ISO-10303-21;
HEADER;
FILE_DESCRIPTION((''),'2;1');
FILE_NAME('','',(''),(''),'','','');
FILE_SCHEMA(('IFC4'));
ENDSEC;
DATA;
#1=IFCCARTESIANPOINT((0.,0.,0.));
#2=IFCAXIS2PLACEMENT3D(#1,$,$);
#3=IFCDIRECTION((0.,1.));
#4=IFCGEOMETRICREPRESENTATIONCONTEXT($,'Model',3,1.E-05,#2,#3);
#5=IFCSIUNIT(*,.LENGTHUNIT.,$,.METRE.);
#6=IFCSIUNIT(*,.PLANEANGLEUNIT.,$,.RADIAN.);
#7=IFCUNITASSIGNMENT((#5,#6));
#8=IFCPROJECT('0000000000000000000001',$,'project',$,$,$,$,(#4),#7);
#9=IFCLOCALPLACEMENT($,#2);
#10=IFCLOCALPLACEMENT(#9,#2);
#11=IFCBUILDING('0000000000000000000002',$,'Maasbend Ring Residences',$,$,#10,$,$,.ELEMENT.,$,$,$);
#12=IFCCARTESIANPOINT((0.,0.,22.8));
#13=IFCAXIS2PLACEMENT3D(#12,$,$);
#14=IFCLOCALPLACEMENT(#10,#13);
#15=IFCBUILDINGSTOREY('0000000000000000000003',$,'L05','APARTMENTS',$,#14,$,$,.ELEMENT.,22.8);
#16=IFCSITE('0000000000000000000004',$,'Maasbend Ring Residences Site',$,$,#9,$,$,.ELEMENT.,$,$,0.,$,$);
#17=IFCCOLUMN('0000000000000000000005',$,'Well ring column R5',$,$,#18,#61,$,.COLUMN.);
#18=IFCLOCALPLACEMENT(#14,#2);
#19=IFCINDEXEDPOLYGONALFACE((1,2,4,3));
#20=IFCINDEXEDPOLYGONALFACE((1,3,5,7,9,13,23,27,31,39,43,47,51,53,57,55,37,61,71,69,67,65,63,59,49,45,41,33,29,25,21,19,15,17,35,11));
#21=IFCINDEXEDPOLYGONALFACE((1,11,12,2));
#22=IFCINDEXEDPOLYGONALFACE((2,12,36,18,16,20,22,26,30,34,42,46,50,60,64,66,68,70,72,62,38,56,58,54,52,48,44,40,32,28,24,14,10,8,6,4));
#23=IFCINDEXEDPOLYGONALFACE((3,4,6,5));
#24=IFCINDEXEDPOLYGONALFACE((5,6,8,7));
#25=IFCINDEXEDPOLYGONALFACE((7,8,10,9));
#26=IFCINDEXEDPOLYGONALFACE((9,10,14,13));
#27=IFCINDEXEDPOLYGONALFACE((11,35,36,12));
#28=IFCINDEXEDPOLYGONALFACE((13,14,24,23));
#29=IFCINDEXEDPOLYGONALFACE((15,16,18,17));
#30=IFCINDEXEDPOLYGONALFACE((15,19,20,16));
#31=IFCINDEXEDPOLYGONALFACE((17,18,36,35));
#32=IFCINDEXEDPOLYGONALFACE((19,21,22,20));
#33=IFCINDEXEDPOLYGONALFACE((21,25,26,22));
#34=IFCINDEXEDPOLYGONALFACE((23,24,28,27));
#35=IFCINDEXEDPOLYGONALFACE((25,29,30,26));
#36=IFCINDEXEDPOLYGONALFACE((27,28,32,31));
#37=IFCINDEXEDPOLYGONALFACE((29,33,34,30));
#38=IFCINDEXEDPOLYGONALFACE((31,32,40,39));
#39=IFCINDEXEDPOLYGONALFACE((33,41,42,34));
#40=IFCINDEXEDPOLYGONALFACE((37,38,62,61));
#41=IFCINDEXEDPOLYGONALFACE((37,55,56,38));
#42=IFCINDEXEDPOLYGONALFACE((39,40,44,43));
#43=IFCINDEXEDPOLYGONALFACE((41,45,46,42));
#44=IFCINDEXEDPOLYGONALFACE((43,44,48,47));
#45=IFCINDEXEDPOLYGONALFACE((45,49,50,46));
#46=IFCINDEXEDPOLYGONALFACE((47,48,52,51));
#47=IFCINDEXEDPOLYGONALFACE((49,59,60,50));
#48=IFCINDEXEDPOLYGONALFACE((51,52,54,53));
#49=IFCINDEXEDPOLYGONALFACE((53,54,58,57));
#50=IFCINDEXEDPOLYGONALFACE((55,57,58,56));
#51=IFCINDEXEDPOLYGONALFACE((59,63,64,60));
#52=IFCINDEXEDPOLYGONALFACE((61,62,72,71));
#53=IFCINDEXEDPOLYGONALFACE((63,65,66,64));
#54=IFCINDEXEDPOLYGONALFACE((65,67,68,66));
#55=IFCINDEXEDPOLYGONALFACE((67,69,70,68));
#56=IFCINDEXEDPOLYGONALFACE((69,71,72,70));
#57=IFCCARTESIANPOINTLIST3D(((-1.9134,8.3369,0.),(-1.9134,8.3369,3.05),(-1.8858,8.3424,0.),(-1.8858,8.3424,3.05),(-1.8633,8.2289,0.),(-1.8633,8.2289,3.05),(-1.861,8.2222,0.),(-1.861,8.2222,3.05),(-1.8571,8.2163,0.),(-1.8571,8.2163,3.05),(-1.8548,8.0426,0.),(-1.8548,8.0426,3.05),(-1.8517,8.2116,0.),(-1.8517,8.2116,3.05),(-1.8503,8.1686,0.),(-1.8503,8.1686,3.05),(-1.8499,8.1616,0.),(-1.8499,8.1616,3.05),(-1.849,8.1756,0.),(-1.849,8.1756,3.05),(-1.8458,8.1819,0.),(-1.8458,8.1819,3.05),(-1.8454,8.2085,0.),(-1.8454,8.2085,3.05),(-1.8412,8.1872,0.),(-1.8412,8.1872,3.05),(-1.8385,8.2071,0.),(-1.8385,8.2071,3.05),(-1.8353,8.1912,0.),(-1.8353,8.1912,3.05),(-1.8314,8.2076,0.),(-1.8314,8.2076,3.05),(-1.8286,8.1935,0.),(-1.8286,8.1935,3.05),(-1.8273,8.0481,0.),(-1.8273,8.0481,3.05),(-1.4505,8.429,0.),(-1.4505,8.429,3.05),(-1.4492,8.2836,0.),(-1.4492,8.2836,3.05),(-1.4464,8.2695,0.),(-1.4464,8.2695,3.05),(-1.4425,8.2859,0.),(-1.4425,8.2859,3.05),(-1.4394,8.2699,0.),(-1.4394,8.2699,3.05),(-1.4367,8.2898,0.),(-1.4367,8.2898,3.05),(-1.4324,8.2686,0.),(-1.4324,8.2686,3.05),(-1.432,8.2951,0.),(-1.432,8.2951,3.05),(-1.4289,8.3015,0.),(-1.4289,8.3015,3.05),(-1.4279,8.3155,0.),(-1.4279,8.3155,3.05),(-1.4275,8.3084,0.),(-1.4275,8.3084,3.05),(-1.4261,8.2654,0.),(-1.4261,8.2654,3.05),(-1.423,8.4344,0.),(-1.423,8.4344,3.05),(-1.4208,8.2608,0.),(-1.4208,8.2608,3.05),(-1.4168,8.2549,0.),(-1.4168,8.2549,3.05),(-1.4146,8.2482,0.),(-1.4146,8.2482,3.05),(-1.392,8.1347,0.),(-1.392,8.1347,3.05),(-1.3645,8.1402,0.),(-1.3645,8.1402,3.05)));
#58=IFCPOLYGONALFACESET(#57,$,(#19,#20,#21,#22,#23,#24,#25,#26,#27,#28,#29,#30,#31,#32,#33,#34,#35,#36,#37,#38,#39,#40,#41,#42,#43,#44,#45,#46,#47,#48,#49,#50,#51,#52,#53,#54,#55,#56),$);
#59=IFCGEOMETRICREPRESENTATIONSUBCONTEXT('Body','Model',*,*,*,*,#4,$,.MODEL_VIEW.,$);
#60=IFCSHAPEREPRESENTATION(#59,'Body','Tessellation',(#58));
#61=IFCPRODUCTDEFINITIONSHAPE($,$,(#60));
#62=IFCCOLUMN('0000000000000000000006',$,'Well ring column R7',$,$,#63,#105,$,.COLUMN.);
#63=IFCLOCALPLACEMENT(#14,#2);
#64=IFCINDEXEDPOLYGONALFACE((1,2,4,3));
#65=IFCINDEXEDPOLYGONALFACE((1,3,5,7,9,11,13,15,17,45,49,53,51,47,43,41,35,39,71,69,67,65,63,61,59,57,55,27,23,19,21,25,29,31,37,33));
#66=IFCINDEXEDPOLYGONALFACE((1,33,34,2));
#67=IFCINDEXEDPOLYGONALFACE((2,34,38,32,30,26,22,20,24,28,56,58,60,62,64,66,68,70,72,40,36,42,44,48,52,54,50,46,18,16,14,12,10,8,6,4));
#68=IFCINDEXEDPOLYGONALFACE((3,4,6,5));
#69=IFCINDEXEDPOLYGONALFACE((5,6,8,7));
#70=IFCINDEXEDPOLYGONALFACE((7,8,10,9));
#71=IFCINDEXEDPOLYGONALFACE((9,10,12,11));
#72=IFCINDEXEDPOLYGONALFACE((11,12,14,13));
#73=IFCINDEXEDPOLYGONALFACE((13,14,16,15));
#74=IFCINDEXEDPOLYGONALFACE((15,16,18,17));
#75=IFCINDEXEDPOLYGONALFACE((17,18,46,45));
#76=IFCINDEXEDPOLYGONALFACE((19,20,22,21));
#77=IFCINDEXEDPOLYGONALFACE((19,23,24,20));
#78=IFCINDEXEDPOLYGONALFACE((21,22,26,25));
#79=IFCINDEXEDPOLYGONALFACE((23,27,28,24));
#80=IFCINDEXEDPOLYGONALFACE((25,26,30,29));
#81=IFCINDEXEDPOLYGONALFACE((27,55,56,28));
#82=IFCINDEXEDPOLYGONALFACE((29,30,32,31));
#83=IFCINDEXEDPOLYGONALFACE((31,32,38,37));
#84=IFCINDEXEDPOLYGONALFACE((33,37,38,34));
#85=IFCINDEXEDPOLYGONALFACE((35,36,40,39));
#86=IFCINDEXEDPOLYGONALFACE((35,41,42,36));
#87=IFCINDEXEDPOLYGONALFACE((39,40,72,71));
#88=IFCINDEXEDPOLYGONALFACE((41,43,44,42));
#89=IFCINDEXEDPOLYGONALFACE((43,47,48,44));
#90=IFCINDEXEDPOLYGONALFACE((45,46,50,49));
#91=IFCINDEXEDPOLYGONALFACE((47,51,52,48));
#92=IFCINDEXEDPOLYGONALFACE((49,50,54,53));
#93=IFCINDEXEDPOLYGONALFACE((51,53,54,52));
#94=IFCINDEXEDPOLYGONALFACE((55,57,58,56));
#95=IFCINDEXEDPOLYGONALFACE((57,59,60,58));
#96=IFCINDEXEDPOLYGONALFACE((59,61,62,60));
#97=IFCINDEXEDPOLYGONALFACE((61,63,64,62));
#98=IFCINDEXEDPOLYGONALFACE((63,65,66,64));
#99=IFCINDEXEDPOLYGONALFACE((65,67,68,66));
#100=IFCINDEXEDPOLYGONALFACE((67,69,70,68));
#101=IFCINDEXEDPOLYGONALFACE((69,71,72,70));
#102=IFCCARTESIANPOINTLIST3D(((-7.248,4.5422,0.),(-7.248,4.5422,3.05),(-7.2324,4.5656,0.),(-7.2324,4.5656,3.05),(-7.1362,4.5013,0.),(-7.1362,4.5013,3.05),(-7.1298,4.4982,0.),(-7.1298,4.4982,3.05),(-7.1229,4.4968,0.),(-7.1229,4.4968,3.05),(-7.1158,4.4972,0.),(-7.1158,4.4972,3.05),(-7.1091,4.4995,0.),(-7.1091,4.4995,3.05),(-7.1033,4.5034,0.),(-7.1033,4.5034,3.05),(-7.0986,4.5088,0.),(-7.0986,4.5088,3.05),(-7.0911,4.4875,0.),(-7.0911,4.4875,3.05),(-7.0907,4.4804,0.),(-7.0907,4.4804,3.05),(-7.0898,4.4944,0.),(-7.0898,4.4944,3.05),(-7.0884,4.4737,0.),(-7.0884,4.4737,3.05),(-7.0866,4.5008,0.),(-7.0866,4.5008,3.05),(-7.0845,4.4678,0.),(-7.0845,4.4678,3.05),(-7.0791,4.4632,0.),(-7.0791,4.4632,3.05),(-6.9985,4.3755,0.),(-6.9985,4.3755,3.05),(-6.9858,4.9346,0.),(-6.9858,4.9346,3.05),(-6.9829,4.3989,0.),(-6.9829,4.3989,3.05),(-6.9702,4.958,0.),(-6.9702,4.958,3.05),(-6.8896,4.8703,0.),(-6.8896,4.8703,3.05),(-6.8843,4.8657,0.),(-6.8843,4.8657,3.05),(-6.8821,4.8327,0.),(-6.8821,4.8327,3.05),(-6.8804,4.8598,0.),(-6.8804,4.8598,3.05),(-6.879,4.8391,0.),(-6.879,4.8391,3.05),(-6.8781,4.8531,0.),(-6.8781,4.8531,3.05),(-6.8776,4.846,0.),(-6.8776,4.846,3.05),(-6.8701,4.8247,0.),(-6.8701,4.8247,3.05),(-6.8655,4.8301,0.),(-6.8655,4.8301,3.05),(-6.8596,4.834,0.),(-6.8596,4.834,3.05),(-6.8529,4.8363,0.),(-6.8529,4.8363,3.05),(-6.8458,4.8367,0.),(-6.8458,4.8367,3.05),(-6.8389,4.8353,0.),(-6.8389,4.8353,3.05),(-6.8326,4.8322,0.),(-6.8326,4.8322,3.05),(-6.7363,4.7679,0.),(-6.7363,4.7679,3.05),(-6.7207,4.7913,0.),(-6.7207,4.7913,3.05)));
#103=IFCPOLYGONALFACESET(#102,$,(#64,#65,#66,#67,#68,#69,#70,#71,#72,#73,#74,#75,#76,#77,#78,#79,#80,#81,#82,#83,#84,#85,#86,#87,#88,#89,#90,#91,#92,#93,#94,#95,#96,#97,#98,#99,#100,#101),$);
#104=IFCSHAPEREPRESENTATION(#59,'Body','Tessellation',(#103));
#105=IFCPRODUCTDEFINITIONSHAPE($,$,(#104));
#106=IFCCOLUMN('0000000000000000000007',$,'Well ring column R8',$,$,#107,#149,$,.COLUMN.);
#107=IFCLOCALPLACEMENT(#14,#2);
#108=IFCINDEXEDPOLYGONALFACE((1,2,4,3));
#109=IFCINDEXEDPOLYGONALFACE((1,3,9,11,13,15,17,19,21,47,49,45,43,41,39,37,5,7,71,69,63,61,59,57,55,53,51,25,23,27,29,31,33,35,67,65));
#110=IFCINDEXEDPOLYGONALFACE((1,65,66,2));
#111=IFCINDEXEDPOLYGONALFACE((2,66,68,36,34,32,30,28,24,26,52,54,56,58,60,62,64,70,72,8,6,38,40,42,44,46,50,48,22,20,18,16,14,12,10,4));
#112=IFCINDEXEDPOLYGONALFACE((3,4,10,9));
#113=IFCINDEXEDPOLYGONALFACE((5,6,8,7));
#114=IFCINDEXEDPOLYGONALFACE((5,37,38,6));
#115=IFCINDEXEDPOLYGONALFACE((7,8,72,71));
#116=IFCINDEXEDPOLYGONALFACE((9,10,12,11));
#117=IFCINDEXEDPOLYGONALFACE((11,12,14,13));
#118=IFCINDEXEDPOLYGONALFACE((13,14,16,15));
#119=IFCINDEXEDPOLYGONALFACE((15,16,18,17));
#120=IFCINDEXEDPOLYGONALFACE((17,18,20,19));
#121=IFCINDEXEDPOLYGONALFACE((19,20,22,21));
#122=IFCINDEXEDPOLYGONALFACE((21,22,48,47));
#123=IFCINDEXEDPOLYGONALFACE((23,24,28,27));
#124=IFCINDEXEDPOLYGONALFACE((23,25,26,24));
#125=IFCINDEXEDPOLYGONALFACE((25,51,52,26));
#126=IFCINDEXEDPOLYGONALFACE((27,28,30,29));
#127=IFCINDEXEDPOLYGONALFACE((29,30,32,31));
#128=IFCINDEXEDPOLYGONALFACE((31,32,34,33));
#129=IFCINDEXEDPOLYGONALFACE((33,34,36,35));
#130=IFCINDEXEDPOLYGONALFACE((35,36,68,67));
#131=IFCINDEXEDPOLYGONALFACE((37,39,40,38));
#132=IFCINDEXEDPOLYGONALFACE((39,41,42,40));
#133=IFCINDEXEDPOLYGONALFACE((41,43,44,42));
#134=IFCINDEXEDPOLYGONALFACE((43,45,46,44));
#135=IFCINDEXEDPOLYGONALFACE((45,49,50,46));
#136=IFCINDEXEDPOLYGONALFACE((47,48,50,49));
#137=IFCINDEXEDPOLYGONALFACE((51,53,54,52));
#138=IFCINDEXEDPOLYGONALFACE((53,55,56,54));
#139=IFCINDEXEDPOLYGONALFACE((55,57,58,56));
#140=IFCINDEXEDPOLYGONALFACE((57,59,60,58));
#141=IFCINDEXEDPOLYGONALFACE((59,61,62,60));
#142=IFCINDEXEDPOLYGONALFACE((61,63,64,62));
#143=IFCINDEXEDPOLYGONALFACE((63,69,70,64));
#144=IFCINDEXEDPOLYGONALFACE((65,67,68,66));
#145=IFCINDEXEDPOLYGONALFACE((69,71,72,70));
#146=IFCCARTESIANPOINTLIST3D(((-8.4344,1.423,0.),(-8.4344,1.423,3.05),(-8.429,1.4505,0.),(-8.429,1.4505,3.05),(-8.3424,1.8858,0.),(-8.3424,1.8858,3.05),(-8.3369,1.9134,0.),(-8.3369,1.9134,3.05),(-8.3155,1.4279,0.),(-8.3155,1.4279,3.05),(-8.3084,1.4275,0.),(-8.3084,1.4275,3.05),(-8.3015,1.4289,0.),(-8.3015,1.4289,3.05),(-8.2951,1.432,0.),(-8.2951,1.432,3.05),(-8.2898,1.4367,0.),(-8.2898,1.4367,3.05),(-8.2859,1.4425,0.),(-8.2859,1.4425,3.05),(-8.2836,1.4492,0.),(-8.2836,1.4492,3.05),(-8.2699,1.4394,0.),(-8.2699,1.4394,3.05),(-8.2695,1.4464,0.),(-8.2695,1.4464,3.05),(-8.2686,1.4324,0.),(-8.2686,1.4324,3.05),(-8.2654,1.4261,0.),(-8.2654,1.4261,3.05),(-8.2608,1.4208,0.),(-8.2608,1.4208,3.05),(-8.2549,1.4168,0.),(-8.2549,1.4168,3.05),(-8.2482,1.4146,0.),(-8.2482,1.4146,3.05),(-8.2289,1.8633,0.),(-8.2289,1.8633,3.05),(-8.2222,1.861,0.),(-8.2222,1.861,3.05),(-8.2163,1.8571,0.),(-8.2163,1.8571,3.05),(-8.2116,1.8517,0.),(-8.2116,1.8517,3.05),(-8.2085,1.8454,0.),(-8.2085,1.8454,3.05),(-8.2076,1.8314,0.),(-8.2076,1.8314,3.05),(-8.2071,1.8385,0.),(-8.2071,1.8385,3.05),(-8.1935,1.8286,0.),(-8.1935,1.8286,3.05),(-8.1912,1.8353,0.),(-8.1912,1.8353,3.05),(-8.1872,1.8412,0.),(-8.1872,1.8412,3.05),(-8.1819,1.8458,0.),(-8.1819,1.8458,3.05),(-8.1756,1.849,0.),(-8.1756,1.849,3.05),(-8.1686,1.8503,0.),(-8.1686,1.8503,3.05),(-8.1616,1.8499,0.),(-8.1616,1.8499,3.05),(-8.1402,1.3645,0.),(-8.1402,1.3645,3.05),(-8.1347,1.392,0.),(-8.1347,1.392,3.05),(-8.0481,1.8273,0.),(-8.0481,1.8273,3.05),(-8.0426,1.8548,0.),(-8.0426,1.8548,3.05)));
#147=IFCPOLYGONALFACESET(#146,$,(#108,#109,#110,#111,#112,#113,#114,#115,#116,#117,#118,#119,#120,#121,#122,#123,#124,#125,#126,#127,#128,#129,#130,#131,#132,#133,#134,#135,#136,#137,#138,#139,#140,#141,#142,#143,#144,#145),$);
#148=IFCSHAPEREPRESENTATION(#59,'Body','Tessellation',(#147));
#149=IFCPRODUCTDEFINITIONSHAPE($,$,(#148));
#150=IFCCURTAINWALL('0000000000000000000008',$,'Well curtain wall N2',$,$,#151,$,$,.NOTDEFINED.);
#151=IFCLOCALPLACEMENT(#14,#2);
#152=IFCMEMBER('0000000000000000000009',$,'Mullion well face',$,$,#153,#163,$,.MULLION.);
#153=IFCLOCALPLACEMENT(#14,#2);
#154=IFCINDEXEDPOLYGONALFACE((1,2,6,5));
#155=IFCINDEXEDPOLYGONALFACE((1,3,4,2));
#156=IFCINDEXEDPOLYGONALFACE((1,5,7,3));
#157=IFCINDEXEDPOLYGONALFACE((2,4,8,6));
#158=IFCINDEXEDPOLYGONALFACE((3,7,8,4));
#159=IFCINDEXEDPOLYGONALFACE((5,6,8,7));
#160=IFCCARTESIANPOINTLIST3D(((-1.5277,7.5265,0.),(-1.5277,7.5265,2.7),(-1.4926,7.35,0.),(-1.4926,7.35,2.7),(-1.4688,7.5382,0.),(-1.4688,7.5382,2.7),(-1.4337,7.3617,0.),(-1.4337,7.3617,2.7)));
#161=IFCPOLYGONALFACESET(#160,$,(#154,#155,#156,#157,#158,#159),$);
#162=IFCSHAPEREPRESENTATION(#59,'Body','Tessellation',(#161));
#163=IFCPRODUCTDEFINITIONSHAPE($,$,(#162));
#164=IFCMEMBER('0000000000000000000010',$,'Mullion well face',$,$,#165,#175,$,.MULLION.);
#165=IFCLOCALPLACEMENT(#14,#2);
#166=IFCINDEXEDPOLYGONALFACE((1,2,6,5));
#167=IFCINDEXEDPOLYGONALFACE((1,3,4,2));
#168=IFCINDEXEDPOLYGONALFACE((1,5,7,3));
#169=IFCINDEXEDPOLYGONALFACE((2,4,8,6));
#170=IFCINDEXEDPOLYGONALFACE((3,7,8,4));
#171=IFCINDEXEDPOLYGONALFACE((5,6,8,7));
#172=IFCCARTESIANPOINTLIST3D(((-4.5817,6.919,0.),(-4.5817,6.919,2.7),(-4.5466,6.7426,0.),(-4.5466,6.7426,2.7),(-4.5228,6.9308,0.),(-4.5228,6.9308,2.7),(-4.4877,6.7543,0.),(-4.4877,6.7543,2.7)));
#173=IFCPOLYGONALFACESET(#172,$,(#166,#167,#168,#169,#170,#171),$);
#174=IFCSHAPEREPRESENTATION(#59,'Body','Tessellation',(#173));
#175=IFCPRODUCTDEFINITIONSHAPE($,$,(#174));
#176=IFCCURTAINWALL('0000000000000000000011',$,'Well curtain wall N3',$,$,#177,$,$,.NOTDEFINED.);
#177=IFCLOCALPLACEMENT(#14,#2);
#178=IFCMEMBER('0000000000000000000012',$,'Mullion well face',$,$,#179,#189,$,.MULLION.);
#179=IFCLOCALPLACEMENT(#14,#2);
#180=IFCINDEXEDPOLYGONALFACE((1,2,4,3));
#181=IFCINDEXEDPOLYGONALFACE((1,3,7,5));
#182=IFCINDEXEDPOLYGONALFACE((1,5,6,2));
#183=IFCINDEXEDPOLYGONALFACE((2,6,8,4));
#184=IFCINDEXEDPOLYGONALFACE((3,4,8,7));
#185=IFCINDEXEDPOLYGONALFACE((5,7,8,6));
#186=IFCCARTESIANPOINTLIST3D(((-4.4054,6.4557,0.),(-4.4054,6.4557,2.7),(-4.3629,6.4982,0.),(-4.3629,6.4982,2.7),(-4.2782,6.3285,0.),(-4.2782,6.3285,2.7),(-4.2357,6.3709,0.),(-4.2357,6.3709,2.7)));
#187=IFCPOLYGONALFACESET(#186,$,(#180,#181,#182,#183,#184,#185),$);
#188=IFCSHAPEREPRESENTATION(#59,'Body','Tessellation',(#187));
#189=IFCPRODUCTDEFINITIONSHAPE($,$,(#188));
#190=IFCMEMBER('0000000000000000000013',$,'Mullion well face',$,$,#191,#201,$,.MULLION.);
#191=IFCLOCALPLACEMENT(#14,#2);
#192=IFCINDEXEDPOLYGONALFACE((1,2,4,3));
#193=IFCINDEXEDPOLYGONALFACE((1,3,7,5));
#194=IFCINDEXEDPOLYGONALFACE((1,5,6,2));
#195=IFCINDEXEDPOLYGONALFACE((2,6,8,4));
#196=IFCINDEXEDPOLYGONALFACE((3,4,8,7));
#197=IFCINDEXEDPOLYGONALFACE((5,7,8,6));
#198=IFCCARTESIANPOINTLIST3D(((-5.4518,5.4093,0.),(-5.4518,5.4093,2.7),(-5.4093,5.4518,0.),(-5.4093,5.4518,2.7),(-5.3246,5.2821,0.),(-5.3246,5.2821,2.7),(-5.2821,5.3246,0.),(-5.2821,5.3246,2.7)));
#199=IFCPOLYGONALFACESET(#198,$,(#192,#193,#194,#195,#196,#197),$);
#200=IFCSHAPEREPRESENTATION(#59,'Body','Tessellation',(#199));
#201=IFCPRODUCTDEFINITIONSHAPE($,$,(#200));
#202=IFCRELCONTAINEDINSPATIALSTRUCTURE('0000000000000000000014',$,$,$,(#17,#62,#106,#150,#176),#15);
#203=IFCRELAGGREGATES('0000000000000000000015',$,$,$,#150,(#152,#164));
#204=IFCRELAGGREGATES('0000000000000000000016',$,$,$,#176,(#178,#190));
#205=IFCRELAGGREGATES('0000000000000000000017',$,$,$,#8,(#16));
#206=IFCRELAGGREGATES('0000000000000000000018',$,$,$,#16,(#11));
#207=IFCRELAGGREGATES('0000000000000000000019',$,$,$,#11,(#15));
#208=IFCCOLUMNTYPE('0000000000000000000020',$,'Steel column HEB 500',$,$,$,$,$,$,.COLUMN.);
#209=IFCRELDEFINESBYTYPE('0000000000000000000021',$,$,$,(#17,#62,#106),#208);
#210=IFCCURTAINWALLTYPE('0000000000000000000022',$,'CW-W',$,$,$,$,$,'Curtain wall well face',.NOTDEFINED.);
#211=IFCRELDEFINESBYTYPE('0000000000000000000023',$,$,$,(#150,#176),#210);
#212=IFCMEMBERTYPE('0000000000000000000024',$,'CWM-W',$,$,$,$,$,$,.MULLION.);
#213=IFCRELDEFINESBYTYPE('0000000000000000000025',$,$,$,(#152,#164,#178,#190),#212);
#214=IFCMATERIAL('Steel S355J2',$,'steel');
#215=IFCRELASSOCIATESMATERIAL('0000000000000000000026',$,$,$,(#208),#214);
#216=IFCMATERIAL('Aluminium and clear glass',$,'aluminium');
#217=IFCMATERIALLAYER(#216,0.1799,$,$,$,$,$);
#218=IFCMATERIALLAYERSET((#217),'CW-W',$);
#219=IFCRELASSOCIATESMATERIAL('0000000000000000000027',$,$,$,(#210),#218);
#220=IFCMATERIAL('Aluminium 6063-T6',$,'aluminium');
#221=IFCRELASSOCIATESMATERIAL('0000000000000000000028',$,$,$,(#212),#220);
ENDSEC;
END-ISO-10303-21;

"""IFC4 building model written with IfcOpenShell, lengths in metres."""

from ifc_helpers import new_model, si_unit, direction, frame, origin, origin_2d, place, context, subcontext, project, spatial, rectangle, i_section, extrude, material, layer, layer_set, material_profile, profile_set, type_object, element, aggregate, save


model = new_model("IFC4")

# Units and contexts
model_context = context("Model", 3, precision=1e-05, world=origin(), true_north=direction((0.0, 1.0)))
body_context = subcontext(model_context, "Body", "Model", "MODEL_VIEW")
ifc_project = project(units=[si_unit("LENGTHUNIT", "METRE"), si_unit("PLANEANGLEUNIT", "RADIAN")], contexts=[model_context])

# Site, building, storey
site_placement = place(None, origin())
site = spatial("IfcSite", under=ifc_project, at=site_placement, Name="Maasbend Ring Residences Site", CompositionType="ELEMENT", RefElevation=0.0)
building_placement = place(site_placement, origin())
building = spatial("IfcBuilding", under=site, at=building_placement, Name="Maasbend Ring Residences", CompositionType="ELEMENT")
storey_placement = place(building_placement, frame((0.0, 0.0, 22.8)))
storey = spatial("IfcBuildingStorey", under=building, at=storey_placement, Name="L05", Description="APARTMENTS", CompositionType="ELEMENT", Elevation=22.8)

# Columns
ifc_material_1 = material(Name="Steel S355J2", Category="steel")
ifc_material_profile_1 = material_profile(ifc_material_1, i_section(OverallWidth=0.3, OverallDepth=0.5, WebThickness=0.0144, FlangeThickness=0.0281, FilletRadius=0.0271, at=origin_2d()), Name="HEB 500")
ifc_profile_set_1 = profile_set([ifc_material_profile_1], Name="Steel S355J2")
column_type = type_object("IfcColumnType", Name="Steel column HEB 500", PredefinedType="COLUMN", material=ifc_profile_set_1)
for number, where, z_axis, x_axis, name in (
    (1, (-1.6389, 8.2385, 0.0), (0.0, 0.0, 1.0), (-0.19509, 0.980785, 0.0), "Well ring column R5"),
    (2, (-6.9844, 4.6667, 0.0), (0.0, 0.0, 1.0), (-0.83147, 0.55557, 0.0), "Well ring column R7"),
    (3, (-8.2385, 1.6389, 0.0), (0.0, 0.0, 1.0), (-0.980785, 0.19509, 0.0), "Well ring column R8"),
):
    element("IfcColumn", number, at=place(storey_placement, frame(where, z_axis=z_axis, x_axis=x_axis)), inside=storey, type_object=column_type, Name=name, PredefinedType="COLUMN", context=body_context, shape_type="SweptSolid", body=[
        extrude(i_section(OverallWidth=0.3, OverallDepth=0.5, WebThickness=0.0144, FlangeThickness=0.0281, FilletRadius=0.0271, at=origin_2d()), origin(), (0.0, 0.0, 1.0), 3.05),
    ])

# Curtain walls, members
ifc_material_2 = material(Name="Aluminium and clear glass", Category="aluminium")
ifc_layer_1 = layer(ifc_material_2, 0.1799)
ifc_layer_set_1 = layer_set([ifc_layer_1], Name="CW-W")
curtain_wall_type = type_object("IfcCurtainWallType", Name="CW-W", ElementType="Curtain wall well face", PredefinedType="NOTDEFINED", material=ifc_layer_set_1)
curtain_wall_1_placement = place(storey_placement, origin())
curtain_wall_1 = element("IfcCurtainWall", 4, at=curtain_wall_1_placement, inside=storey, type_object=curtain_wall_type, Name="Well curtain wall N2", PredefinedType="NOTDEFINED")
ifc_material_3 = material(Name="Aluminium 6063-T6", Category="aluminium")
ifc_material_profile_2 = material_profile(ifc_material_3, rectangle(XDim=0.1799, YDim=0.0601, at=origin_2d()), Name="AL 180x60")
ifc_profile_set_2 = profile_set([ifc_material_profile_2], Name="Aluminium 6063-T6")
member_type_1 = type_object("IfcMemberType", Name="CWM-W", PredefinedType="MULLION", material=ifc_profile_set_2)
member_1_placement = place(storey_placement, frame((-1.4807, 7.4441, 0.0), z_axis=(0.0, 0.0, 1.0), x_axis=(0.19509, -0.980785, 0.0)))
member_1 = element("IfcMember", 5, at=member_1_placement, type_object=member_type_1, Name="Mullion well face", PredefinedType="MULLION", context=body_context, shape_type="SweptSolid", body=[
    extrude(rectangle(XDim=0.1799, YDim=0.0601, at=origin_2d()), origin(), (0.0, 0.0, 1.0), 2.7),
])
member_2_placement = place(storey_placement, frame((-4.5347, 6.8367, 0.0), z_axis=(0.0, 0.0, 1.0), x_axis=(0.19509, -0.980785, 0.0)))
member_2 = element("IfcMember", 6, at=member_2_placement, type_object=member_type_1, Name="Mullion well face", PredefinedType="MULLION", context=body_context, shape_type="SweptSolid", body=[
    extrude(rectangle(XDim=0.1799, YDim=0.0601, at=origin_2d()), origin(), (0.0, 0.0, 1.0), 2.7),
])
curtain_wall_2_placement = place(storey_placement, origin())
curtain_wall_2 = element("IfcCurtainWall", 7, at=curtain_wall_2_placement, inside=storey, type_object=curtain_wall_type, Name="Well curtain wall N3", PredefinedType="NOTDEFINED")
member_3_placement = place(storey_placement, frame((-4.3206, 6.4133, 0.0), z_axis=(0.0, 0.0, 1.0), x_axis=(0.707107, -0.707107, 0.0)))
member_3 = element("IfcMember", 8, at=member_3_placement, type_object=member_type_1, Name="Mullion well face", PredefinedType="MULLION", context=body_context, shape_type="SweptSolid", body=[
    extrude(rectangle(XDim=0.1799, YDim=0.0601, at=origin_2d()), origin(), (0.0, 0.0, 1.0), 2.7),
])
member_4_placement = place(storey_placement, frame((-5.3669, 5.3669, 0.0), z_axis=(0.0, 0.0, 1.0), x_axis=(0.707107, -0.707107, 0.0)))
member_4 = element("IfcMember", 9, at=member_4_placement, type_object=member_type_1, Name="Mullion well face", PredefinedType="MULLION", context=body_context, shape_type="SweptSolid", body=[
    extrude(rectangle(XDim=0.1799, YDim=0.0601, at=origin_2d()), origin(), (0.0, 0.0, 1.0), 2.7),
])

aggregate(curtain_wall_1, [member_1, member_2])
aggregate(curtain_wall_2, [member_3, member_4])

save(model, "model.ifc")
